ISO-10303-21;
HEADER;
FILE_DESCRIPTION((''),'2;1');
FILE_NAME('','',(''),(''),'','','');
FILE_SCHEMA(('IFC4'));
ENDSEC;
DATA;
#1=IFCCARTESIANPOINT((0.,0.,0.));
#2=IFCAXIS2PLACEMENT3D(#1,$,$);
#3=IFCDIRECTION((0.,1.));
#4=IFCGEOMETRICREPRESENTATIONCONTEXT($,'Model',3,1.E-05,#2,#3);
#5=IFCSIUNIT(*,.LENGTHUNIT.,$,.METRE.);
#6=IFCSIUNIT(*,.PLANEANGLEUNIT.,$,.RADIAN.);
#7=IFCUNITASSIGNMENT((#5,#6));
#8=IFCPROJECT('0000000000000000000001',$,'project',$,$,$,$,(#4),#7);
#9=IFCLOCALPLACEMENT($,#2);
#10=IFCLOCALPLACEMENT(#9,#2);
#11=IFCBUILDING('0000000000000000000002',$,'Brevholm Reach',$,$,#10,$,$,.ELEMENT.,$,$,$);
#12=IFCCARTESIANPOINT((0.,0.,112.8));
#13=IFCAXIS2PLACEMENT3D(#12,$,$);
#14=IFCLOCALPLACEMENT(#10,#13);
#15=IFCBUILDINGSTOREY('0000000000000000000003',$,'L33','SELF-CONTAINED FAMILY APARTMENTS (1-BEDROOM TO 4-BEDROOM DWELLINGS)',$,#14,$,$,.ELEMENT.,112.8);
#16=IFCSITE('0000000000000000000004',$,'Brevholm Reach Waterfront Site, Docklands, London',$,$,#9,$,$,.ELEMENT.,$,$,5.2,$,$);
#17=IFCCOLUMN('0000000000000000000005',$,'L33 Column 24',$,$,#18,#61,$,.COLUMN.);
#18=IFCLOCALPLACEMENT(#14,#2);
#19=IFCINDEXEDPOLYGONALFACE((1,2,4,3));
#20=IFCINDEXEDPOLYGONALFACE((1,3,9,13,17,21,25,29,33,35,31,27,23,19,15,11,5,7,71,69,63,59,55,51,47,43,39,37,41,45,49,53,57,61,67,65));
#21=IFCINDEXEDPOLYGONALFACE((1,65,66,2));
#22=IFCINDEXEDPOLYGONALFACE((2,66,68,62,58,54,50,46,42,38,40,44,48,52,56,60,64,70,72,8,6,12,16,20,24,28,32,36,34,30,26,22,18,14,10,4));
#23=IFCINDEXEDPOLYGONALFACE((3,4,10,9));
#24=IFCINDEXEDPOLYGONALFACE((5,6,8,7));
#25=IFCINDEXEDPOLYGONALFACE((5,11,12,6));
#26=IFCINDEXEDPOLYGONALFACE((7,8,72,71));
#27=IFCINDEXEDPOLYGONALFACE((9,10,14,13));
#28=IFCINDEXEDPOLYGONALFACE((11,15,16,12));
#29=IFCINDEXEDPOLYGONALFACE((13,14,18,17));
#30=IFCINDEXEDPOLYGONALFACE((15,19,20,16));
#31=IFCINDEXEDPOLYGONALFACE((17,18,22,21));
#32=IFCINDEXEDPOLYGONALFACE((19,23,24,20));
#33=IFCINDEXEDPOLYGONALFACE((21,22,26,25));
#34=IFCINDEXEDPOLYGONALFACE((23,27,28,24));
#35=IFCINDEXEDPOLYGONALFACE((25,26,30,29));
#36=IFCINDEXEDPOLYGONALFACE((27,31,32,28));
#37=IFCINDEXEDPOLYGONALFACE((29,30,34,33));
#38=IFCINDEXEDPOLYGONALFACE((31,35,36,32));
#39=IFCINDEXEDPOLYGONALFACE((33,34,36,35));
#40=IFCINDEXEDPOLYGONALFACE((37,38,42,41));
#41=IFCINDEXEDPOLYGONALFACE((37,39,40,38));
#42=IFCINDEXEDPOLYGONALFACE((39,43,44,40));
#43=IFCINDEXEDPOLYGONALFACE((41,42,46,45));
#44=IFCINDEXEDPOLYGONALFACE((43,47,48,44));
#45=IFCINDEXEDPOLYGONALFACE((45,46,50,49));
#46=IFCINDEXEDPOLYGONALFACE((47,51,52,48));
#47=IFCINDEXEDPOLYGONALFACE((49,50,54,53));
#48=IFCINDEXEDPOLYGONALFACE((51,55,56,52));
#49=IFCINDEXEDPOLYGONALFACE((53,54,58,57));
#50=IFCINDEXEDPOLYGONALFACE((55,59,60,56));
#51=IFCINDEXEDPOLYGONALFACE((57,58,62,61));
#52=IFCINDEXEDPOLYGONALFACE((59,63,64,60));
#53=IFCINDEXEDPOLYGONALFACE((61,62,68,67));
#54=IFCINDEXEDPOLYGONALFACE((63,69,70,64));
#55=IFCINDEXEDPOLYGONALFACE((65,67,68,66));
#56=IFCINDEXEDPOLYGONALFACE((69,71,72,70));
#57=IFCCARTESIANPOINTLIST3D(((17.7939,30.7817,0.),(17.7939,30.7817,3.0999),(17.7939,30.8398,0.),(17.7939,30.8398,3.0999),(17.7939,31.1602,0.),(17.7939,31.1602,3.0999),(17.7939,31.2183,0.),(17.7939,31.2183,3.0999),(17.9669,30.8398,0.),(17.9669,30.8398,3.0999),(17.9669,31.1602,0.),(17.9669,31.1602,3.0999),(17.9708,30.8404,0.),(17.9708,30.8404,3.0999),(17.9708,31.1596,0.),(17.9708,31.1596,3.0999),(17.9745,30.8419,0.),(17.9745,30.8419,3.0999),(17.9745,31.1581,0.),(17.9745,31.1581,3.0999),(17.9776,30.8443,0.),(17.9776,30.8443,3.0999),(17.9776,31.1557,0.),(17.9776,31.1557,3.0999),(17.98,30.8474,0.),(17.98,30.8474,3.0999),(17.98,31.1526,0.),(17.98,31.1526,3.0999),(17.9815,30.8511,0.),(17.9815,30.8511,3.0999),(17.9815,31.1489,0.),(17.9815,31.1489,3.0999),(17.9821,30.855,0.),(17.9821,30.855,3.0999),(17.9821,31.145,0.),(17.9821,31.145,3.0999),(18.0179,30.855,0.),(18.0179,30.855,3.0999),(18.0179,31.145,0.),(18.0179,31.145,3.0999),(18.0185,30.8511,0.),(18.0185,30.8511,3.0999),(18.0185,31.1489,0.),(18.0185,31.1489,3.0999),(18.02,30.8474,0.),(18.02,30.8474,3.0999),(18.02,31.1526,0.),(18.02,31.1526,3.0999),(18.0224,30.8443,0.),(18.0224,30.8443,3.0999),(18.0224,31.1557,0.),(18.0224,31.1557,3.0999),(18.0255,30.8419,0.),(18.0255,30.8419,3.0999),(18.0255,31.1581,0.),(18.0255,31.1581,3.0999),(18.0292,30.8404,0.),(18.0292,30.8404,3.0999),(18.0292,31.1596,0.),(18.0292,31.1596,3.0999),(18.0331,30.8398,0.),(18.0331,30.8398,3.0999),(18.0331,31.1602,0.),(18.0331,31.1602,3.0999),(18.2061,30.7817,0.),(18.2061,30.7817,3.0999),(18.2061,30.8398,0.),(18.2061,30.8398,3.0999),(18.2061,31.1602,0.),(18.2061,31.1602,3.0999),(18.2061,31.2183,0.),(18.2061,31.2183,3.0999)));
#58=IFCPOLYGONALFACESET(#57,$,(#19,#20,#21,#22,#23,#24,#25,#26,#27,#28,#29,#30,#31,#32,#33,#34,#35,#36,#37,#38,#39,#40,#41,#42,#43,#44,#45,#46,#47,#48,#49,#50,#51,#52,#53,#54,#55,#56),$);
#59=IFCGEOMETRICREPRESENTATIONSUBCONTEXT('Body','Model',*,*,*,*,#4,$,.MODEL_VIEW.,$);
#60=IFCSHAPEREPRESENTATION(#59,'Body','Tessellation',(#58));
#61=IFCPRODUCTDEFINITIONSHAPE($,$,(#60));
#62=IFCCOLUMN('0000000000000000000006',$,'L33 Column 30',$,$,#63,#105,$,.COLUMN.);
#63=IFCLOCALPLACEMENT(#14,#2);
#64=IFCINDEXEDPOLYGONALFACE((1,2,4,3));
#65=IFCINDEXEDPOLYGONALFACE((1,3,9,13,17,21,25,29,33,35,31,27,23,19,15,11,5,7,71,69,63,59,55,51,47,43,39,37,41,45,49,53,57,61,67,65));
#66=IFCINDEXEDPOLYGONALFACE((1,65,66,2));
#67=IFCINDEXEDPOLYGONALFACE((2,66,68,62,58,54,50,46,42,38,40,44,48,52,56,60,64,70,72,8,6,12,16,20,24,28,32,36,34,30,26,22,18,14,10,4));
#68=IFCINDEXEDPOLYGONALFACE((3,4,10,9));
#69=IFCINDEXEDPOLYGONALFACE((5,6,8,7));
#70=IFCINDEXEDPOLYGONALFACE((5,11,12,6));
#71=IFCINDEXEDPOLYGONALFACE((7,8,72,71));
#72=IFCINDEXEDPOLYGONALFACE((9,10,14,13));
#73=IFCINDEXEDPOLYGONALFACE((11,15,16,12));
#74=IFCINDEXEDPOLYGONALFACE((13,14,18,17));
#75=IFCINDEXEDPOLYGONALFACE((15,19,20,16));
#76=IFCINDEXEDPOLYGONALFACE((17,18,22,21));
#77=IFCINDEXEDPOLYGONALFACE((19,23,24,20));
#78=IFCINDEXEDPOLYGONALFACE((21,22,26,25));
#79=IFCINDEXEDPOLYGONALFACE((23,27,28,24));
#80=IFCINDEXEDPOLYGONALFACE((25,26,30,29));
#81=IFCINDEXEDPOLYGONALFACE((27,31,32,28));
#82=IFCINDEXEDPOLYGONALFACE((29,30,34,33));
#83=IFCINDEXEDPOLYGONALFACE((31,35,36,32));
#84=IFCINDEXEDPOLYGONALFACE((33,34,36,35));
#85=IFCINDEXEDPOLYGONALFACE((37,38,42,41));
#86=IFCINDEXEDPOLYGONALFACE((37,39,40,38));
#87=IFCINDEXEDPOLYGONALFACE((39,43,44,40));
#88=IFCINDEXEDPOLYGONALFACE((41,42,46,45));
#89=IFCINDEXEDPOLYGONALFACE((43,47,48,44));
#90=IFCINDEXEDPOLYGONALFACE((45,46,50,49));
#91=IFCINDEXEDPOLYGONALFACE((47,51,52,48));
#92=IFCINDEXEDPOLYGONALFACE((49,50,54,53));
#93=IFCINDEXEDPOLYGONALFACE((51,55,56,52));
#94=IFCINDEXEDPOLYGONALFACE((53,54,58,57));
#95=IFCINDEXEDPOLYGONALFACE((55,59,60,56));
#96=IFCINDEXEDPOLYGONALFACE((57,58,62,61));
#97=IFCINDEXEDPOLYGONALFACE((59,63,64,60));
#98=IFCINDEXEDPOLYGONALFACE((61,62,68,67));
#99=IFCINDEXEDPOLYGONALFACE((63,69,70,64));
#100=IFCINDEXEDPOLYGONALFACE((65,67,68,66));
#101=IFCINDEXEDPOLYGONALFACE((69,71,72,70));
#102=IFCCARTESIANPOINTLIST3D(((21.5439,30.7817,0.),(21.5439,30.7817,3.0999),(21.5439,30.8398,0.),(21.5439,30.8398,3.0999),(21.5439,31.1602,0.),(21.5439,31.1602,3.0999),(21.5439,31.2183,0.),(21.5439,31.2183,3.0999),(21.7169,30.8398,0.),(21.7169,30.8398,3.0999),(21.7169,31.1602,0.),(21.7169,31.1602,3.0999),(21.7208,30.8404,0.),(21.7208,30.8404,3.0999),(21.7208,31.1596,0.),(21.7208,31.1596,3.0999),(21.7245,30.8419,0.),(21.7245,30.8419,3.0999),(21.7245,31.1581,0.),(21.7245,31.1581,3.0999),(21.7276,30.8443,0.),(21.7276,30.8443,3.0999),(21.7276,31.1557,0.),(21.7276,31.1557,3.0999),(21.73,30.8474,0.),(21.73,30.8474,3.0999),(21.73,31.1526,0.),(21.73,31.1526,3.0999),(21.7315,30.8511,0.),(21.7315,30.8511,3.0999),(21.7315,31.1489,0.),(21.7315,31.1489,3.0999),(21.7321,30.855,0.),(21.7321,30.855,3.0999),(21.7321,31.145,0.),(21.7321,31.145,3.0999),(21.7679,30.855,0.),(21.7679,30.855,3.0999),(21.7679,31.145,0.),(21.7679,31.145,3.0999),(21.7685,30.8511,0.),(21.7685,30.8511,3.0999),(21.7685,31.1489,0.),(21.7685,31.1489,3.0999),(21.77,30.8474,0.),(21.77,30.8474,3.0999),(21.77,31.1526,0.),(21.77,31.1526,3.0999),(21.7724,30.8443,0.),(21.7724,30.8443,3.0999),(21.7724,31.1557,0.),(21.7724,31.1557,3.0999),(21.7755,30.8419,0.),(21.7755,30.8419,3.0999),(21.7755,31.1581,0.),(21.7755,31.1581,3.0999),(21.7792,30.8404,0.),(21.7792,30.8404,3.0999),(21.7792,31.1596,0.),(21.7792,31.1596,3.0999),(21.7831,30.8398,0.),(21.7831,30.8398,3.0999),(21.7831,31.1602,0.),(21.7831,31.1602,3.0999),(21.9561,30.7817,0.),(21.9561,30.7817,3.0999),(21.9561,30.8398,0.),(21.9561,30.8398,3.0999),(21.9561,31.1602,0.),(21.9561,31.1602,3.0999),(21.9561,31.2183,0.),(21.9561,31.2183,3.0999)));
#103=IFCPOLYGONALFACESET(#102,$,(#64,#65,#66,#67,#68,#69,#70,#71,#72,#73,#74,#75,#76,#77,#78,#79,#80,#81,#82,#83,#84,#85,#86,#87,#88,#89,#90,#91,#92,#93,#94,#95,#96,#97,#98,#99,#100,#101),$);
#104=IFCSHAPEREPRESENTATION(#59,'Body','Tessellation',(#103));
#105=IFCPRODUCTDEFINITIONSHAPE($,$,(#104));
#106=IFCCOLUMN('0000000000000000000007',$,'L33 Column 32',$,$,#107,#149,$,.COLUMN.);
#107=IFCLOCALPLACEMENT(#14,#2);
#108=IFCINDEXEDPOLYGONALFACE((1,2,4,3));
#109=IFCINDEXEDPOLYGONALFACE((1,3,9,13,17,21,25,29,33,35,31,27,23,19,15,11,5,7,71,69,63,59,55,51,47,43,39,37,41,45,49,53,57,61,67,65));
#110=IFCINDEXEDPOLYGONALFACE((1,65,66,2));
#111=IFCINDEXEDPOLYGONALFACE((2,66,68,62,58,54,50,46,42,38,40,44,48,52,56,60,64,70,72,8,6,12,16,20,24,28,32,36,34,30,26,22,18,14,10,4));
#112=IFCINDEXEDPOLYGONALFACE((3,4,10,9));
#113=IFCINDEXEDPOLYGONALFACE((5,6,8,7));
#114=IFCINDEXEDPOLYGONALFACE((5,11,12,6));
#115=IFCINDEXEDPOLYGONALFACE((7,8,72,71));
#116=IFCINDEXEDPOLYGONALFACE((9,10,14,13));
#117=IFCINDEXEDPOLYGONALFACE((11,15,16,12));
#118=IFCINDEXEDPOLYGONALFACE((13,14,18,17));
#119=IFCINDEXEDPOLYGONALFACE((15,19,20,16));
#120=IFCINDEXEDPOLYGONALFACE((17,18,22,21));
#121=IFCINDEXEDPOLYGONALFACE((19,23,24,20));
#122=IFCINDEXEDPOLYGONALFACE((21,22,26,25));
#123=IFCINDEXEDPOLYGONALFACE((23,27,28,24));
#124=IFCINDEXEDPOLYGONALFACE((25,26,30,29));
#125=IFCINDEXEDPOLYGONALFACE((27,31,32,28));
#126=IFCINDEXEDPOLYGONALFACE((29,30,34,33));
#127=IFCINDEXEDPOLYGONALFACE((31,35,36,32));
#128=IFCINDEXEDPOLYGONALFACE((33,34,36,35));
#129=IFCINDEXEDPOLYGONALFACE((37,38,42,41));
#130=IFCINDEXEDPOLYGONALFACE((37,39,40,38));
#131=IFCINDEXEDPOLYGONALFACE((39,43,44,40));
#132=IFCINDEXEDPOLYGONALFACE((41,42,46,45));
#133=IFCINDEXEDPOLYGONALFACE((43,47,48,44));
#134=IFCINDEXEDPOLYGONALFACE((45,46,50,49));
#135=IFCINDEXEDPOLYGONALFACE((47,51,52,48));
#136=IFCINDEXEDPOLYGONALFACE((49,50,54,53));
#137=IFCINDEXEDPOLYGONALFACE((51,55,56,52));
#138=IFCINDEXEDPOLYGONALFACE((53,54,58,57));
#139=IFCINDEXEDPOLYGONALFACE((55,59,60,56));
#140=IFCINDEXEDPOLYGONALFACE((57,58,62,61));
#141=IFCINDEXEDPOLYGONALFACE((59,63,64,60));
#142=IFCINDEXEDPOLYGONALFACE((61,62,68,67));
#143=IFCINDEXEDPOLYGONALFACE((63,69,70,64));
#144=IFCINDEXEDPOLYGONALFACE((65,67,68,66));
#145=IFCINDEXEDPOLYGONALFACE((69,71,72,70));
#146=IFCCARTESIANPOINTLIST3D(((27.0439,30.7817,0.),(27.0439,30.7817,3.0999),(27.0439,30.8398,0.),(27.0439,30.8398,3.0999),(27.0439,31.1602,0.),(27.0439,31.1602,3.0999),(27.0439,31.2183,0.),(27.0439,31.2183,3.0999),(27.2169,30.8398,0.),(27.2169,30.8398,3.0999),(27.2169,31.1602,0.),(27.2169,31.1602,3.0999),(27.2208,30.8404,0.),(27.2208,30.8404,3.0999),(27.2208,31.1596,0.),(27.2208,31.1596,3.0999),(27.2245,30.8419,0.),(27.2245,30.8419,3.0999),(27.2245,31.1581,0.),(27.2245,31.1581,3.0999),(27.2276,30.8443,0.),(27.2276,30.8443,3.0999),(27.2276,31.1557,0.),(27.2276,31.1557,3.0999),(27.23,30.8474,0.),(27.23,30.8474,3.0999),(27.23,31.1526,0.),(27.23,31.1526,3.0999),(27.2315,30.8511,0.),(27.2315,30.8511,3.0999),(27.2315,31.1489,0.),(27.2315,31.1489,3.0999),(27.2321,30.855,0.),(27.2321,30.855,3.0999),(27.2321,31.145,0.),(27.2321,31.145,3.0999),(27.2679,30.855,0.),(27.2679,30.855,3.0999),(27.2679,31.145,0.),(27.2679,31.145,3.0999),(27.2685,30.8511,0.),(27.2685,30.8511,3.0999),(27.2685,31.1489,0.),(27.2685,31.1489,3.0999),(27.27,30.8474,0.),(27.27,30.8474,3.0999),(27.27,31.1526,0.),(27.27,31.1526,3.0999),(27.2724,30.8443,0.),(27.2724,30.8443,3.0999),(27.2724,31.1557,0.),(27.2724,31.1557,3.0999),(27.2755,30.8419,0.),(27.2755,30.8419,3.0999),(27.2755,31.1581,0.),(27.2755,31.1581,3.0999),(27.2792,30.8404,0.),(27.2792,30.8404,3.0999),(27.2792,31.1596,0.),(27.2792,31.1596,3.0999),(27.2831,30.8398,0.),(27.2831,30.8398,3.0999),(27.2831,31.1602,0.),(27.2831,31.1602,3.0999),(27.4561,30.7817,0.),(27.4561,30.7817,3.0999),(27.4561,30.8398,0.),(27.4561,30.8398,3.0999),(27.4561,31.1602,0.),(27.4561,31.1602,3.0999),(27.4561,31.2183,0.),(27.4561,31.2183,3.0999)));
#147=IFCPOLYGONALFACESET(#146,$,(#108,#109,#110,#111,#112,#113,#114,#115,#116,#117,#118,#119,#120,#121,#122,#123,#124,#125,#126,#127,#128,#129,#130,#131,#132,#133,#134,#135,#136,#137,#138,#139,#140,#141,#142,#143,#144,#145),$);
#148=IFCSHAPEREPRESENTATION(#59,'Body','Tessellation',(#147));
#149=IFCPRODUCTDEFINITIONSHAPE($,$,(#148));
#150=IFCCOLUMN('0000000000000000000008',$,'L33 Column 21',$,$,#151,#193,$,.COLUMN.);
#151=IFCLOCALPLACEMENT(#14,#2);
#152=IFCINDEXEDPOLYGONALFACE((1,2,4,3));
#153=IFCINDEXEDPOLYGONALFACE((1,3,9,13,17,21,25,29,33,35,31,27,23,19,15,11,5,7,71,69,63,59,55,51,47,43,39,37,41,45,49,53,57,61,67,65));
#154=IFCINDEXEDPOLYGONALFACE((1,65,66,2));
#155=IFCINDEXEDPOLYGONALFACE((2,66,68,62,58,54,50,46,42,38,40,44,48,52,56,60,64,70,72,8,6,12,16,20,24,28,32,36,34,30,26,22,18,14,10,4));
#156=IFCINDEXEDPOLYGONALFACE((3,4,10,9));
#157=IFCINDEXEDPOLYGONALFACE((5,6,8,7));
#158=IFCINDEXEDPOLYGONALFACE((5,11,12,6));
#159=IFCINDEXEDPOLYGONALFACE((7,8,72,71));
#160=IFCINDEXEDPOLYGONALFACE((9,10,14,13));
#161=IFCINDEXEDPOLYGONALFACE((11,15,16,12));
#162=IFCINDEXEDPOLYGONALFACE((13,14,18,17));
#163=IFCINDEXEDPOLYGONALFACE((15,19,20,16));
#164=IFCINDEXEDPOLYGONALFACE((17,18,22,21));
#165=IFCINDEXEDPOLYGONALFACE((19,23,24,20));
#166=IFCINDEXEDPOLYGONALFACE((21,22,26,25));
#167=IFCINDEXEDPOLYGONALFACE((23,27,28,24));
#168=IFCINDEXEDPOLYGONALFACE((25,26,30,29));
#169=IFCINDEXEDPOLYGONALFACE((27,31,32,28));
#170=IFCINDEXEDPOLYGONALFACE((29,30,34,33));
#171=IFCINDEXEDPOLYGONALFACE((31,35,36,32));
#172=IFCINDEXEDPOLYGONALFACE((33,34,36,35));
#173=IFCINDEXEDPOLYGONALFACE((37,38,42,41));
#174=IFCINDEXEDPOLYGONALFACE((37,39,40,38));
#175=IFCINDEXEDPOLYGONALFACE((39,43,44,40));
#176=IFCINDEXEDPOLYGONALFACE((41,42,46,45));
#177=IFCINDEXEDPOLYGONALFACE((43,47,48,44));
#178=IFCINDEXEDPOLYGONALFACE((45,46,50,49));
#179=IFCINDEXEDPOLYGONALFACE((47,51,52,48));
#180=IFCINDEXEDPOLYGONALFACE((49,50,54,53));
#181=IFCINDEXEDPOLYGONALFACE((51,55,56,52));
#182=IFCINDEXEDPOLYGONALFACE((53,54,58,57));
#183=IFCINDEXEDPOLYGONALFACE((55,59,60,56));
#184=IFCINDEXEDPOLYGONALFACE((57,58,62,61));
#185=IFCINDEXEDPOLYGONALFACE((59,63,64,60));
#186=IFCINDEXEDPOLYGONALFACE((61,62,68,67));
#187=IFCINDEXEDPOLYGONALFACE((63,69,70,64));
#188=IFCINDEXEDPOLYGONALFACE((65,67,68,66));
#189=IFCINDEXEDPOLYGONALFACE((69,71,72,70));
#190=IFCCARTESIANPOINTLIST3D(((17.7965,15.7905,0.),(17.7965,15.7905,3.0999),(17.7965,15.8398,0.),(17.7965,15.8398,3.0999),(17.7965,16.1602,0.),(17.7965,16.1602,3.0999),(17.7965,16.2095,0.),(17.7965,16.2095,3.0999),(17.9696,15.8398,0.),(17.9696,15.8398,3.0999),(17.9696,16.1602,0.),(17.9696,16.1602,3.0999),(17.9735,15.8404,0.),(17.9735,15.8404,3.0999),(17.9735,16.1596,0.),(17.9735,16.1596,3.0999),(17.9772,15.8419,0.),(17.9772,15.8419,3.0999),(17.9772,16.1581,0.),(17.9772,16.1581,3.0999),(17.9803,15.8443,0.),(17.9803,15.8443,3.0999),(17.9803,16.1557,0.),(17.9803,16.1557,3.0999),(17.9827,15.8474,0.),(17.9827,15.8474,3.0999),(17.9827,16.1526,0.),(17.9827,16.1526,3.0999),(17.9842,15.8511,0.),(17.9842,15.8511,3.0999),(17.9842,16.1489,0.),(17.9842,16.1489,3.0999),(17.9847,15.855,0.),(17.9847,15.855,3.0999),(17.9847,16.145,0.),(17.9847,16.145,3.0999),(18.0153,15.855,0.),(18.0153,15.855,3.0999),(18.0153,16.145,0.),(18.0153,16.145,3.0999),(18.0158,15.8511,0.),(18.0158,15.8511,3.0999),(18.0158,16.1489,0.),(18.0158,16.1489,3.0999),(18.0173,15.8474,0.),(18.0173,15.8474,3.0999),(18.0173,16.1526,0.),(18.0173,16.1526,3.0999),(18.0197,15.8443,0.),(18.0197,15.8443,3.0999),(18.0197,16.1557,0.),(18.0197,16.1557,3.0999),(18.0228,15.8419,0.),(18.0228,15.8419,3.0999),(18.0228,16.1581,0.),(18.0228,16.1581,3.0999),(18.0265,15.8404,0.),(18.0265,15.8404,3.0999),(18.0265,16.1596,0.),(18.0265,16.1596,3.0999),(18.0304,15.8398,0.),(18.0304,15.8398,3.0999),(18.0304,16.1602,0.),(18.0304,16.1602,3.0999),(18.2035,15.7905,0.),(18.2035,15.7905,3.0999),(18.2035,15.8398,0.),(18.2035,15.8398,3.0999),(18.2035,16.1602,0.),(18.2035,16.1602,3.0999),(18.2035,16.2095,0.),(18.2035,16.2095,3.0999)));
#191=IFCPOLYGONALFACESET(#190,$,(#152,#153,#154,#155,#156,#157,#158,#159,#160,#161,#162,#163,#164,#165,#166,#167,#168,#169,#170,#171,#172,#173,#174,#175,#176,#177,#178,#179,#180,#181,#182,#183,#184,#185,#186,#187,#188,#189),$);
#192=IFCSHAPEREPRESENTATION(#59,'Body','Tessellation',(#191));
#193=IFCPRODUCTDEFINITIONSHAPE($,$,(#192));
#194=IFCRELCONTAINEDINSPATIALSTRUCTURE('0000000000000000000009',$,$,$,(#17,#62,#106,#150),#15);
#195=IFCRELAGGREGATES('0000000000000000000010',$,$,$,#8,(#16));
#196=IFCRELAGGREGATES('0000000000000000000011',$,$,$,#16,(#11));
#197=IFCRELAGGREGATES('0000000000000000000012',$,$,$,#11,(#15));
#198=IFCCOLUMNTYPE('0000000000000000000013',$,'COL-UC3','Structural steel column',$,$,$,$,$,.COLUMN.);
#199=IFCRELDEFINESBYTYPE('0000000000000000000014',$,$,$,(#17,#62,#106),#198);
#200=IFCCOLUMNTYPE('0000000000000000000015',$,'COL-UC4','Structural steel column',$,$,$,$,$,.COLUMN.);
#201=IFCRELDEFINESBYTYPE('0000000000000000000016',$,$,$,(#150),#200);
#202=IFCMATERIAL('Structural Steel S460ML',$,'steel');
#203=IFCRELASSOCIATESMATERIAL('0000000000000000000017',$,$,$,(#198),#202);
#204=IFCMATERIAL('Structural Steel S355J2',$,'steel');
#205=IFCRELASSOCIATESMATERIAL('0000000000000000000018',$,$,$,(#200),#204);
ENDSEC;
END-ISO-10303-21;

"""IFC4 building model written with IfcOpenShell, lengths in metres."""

from ifc_helpers import new_model, si_unit, direction, frame, origin, origin_2d, place, context, subcontext, project, spatial, i_section, extrude, material, material_profile, profile_set, type_object, element, save


model = new_model("IFC4")

# Units and contexts
model_context = context("Model", 3, precision=1e-05, world=origin(), true_north=direction((0.0, 1.0)))
body_context = subcontext(model_context, "Body", "Model", "MODEL_VIEW")
ifc_project = project(units=[si_unit("LENGTHUNIT", "METRE"), si_unit("PLANEANGLEUNIT", "RADIAN")], contexts=[model_context])

# Site, building, storey
site_placement = place(None, origin())
site = spatial("IfcSite", under=ifc_project, at=site_placement, Name="Brevholm Reach Waterfront Site, Docklands, London", CompositionType="ELEMENT", RefElevation=5.2)
building_placement = place(site_placement, origin())
building = spatial("IfcBuilding", under=site, at=building_placement, Name="Brevholm Reach", CompositionType="ELEMENT")
storey_placement = place(building_placement, frame((0.0, 0.0, 112.8)))
storey = spatial("IfcBuildingStorey", under=building, at=storey_placement, Name="L33", Description="SELF-CONTAINED FAMILY APARTMENTS (1-BEDROOM TO 4-BEDROOM DWELLINGS)", CompositionType="ELEMENT", Elevation=112.8)

# Columns
ifc_material_1 = material(Name="Structural Steel S460ML", Category="steel")
ifc_material_profile_1 = material_profile(ifc_material_1, i_section(OverallWidth=0.4121, OverallDepth=0.4365, WebThickness=0.0359, FlangeThickness=0.0581, FilletRadius=0.0151, at=origin_2d()), Name="UKC 356x406x467")
ifc_profile_set_1 = profile_set([ifc_material_profile_1], Name="Structural Steel S460ML")
column_type_1 = type_object("IfcColumnType", Name="COL-UC3", Description="Structural steel column", PredefinedType="COLUMN", material=ifc_profile_set_1)
for number, where, z_axis, x_axis, name in (
    (1, (18.0, 31.0, 0.0), (0.0, 0.0, 1.0), (1.0, 0.0, 0.0), "L33 Column 24"),
    (2, (21.75, 31.0, 0.0), (0.0, 0.0, 1.0), (1.0, 0.0, 0.0), "L33 Column 30"),
    (3, (27.25, 31.0, 0.0), (0.0, 0.0, 1.0), (1.0, 0.0, 0.0), "L33 Column 32"),
):
    element("IfcColumn", number, at=place(storey_placement, frame(where, z_axis=z_axis, x_axis=x_axis)), inside=storey, type_object=column_type_1, Name=name, PredefinedType="COLUMN", context=body_context, shape_type="SweptSolid", body=[
        extrude(i_section(OverallWidth=0.4121, OverallDepth=0.4365, WebThickness=0.0359, FlangeThickness=0.0581, FilletRadius=0.0151, at=origin_2d()), origin(), (0.0, 0.0, 1.0), 3.0999),
    ])
ifc_material_2 = material(Name="Structural Steel S355J2", Category="steel")
ifc_material_profile_2 = material_profile(ifc_material_2, i_section(OverallWidth=0.407, OverallDepth=0.4189, WebThickness=0.0305, FlangeThickness=0.0493, FilletRadius=0.0151, at=origin_2d()), Name="UKC 356x406x393")
ifc_profile_set_2 = profile_set([ifc_material_profile_2], Name="Structural Steel S355J2")
column_type_2 = type_object("IfcColumnType", Name="COL-UC4", Description="Structural steel column", PredefinedType="COLUMN", material=ifc_profile_set_2)
for number, where, z_axis, x_axis, name in (
    (4, (18.0, 16.0, 0.0), (0.0, 0.0, 1.0), (1.0, 0.0, 0.0), "L33 Column 21"),
):
    element("IfcColumn", number, at=place(storey_placement, frame(where, z_axis=z_axis, x_axis=x_axis)), inside=storey, type_object=column_type_2, Name=name, PredefinedType="COLUMN", context=body_context, shape_type="SweptSolid", body=[
        extrude(i_section(OverallWidth=0.407, OverallDepth=0.4189, WebThickness=0.0305, FlangeThickness=0.0493, FilletRadius=0.0151, at=origin_2d()), origin(), (0.0, 0.0, 1.0), 3.0999),
    ])

save(model, "model.ifc")
